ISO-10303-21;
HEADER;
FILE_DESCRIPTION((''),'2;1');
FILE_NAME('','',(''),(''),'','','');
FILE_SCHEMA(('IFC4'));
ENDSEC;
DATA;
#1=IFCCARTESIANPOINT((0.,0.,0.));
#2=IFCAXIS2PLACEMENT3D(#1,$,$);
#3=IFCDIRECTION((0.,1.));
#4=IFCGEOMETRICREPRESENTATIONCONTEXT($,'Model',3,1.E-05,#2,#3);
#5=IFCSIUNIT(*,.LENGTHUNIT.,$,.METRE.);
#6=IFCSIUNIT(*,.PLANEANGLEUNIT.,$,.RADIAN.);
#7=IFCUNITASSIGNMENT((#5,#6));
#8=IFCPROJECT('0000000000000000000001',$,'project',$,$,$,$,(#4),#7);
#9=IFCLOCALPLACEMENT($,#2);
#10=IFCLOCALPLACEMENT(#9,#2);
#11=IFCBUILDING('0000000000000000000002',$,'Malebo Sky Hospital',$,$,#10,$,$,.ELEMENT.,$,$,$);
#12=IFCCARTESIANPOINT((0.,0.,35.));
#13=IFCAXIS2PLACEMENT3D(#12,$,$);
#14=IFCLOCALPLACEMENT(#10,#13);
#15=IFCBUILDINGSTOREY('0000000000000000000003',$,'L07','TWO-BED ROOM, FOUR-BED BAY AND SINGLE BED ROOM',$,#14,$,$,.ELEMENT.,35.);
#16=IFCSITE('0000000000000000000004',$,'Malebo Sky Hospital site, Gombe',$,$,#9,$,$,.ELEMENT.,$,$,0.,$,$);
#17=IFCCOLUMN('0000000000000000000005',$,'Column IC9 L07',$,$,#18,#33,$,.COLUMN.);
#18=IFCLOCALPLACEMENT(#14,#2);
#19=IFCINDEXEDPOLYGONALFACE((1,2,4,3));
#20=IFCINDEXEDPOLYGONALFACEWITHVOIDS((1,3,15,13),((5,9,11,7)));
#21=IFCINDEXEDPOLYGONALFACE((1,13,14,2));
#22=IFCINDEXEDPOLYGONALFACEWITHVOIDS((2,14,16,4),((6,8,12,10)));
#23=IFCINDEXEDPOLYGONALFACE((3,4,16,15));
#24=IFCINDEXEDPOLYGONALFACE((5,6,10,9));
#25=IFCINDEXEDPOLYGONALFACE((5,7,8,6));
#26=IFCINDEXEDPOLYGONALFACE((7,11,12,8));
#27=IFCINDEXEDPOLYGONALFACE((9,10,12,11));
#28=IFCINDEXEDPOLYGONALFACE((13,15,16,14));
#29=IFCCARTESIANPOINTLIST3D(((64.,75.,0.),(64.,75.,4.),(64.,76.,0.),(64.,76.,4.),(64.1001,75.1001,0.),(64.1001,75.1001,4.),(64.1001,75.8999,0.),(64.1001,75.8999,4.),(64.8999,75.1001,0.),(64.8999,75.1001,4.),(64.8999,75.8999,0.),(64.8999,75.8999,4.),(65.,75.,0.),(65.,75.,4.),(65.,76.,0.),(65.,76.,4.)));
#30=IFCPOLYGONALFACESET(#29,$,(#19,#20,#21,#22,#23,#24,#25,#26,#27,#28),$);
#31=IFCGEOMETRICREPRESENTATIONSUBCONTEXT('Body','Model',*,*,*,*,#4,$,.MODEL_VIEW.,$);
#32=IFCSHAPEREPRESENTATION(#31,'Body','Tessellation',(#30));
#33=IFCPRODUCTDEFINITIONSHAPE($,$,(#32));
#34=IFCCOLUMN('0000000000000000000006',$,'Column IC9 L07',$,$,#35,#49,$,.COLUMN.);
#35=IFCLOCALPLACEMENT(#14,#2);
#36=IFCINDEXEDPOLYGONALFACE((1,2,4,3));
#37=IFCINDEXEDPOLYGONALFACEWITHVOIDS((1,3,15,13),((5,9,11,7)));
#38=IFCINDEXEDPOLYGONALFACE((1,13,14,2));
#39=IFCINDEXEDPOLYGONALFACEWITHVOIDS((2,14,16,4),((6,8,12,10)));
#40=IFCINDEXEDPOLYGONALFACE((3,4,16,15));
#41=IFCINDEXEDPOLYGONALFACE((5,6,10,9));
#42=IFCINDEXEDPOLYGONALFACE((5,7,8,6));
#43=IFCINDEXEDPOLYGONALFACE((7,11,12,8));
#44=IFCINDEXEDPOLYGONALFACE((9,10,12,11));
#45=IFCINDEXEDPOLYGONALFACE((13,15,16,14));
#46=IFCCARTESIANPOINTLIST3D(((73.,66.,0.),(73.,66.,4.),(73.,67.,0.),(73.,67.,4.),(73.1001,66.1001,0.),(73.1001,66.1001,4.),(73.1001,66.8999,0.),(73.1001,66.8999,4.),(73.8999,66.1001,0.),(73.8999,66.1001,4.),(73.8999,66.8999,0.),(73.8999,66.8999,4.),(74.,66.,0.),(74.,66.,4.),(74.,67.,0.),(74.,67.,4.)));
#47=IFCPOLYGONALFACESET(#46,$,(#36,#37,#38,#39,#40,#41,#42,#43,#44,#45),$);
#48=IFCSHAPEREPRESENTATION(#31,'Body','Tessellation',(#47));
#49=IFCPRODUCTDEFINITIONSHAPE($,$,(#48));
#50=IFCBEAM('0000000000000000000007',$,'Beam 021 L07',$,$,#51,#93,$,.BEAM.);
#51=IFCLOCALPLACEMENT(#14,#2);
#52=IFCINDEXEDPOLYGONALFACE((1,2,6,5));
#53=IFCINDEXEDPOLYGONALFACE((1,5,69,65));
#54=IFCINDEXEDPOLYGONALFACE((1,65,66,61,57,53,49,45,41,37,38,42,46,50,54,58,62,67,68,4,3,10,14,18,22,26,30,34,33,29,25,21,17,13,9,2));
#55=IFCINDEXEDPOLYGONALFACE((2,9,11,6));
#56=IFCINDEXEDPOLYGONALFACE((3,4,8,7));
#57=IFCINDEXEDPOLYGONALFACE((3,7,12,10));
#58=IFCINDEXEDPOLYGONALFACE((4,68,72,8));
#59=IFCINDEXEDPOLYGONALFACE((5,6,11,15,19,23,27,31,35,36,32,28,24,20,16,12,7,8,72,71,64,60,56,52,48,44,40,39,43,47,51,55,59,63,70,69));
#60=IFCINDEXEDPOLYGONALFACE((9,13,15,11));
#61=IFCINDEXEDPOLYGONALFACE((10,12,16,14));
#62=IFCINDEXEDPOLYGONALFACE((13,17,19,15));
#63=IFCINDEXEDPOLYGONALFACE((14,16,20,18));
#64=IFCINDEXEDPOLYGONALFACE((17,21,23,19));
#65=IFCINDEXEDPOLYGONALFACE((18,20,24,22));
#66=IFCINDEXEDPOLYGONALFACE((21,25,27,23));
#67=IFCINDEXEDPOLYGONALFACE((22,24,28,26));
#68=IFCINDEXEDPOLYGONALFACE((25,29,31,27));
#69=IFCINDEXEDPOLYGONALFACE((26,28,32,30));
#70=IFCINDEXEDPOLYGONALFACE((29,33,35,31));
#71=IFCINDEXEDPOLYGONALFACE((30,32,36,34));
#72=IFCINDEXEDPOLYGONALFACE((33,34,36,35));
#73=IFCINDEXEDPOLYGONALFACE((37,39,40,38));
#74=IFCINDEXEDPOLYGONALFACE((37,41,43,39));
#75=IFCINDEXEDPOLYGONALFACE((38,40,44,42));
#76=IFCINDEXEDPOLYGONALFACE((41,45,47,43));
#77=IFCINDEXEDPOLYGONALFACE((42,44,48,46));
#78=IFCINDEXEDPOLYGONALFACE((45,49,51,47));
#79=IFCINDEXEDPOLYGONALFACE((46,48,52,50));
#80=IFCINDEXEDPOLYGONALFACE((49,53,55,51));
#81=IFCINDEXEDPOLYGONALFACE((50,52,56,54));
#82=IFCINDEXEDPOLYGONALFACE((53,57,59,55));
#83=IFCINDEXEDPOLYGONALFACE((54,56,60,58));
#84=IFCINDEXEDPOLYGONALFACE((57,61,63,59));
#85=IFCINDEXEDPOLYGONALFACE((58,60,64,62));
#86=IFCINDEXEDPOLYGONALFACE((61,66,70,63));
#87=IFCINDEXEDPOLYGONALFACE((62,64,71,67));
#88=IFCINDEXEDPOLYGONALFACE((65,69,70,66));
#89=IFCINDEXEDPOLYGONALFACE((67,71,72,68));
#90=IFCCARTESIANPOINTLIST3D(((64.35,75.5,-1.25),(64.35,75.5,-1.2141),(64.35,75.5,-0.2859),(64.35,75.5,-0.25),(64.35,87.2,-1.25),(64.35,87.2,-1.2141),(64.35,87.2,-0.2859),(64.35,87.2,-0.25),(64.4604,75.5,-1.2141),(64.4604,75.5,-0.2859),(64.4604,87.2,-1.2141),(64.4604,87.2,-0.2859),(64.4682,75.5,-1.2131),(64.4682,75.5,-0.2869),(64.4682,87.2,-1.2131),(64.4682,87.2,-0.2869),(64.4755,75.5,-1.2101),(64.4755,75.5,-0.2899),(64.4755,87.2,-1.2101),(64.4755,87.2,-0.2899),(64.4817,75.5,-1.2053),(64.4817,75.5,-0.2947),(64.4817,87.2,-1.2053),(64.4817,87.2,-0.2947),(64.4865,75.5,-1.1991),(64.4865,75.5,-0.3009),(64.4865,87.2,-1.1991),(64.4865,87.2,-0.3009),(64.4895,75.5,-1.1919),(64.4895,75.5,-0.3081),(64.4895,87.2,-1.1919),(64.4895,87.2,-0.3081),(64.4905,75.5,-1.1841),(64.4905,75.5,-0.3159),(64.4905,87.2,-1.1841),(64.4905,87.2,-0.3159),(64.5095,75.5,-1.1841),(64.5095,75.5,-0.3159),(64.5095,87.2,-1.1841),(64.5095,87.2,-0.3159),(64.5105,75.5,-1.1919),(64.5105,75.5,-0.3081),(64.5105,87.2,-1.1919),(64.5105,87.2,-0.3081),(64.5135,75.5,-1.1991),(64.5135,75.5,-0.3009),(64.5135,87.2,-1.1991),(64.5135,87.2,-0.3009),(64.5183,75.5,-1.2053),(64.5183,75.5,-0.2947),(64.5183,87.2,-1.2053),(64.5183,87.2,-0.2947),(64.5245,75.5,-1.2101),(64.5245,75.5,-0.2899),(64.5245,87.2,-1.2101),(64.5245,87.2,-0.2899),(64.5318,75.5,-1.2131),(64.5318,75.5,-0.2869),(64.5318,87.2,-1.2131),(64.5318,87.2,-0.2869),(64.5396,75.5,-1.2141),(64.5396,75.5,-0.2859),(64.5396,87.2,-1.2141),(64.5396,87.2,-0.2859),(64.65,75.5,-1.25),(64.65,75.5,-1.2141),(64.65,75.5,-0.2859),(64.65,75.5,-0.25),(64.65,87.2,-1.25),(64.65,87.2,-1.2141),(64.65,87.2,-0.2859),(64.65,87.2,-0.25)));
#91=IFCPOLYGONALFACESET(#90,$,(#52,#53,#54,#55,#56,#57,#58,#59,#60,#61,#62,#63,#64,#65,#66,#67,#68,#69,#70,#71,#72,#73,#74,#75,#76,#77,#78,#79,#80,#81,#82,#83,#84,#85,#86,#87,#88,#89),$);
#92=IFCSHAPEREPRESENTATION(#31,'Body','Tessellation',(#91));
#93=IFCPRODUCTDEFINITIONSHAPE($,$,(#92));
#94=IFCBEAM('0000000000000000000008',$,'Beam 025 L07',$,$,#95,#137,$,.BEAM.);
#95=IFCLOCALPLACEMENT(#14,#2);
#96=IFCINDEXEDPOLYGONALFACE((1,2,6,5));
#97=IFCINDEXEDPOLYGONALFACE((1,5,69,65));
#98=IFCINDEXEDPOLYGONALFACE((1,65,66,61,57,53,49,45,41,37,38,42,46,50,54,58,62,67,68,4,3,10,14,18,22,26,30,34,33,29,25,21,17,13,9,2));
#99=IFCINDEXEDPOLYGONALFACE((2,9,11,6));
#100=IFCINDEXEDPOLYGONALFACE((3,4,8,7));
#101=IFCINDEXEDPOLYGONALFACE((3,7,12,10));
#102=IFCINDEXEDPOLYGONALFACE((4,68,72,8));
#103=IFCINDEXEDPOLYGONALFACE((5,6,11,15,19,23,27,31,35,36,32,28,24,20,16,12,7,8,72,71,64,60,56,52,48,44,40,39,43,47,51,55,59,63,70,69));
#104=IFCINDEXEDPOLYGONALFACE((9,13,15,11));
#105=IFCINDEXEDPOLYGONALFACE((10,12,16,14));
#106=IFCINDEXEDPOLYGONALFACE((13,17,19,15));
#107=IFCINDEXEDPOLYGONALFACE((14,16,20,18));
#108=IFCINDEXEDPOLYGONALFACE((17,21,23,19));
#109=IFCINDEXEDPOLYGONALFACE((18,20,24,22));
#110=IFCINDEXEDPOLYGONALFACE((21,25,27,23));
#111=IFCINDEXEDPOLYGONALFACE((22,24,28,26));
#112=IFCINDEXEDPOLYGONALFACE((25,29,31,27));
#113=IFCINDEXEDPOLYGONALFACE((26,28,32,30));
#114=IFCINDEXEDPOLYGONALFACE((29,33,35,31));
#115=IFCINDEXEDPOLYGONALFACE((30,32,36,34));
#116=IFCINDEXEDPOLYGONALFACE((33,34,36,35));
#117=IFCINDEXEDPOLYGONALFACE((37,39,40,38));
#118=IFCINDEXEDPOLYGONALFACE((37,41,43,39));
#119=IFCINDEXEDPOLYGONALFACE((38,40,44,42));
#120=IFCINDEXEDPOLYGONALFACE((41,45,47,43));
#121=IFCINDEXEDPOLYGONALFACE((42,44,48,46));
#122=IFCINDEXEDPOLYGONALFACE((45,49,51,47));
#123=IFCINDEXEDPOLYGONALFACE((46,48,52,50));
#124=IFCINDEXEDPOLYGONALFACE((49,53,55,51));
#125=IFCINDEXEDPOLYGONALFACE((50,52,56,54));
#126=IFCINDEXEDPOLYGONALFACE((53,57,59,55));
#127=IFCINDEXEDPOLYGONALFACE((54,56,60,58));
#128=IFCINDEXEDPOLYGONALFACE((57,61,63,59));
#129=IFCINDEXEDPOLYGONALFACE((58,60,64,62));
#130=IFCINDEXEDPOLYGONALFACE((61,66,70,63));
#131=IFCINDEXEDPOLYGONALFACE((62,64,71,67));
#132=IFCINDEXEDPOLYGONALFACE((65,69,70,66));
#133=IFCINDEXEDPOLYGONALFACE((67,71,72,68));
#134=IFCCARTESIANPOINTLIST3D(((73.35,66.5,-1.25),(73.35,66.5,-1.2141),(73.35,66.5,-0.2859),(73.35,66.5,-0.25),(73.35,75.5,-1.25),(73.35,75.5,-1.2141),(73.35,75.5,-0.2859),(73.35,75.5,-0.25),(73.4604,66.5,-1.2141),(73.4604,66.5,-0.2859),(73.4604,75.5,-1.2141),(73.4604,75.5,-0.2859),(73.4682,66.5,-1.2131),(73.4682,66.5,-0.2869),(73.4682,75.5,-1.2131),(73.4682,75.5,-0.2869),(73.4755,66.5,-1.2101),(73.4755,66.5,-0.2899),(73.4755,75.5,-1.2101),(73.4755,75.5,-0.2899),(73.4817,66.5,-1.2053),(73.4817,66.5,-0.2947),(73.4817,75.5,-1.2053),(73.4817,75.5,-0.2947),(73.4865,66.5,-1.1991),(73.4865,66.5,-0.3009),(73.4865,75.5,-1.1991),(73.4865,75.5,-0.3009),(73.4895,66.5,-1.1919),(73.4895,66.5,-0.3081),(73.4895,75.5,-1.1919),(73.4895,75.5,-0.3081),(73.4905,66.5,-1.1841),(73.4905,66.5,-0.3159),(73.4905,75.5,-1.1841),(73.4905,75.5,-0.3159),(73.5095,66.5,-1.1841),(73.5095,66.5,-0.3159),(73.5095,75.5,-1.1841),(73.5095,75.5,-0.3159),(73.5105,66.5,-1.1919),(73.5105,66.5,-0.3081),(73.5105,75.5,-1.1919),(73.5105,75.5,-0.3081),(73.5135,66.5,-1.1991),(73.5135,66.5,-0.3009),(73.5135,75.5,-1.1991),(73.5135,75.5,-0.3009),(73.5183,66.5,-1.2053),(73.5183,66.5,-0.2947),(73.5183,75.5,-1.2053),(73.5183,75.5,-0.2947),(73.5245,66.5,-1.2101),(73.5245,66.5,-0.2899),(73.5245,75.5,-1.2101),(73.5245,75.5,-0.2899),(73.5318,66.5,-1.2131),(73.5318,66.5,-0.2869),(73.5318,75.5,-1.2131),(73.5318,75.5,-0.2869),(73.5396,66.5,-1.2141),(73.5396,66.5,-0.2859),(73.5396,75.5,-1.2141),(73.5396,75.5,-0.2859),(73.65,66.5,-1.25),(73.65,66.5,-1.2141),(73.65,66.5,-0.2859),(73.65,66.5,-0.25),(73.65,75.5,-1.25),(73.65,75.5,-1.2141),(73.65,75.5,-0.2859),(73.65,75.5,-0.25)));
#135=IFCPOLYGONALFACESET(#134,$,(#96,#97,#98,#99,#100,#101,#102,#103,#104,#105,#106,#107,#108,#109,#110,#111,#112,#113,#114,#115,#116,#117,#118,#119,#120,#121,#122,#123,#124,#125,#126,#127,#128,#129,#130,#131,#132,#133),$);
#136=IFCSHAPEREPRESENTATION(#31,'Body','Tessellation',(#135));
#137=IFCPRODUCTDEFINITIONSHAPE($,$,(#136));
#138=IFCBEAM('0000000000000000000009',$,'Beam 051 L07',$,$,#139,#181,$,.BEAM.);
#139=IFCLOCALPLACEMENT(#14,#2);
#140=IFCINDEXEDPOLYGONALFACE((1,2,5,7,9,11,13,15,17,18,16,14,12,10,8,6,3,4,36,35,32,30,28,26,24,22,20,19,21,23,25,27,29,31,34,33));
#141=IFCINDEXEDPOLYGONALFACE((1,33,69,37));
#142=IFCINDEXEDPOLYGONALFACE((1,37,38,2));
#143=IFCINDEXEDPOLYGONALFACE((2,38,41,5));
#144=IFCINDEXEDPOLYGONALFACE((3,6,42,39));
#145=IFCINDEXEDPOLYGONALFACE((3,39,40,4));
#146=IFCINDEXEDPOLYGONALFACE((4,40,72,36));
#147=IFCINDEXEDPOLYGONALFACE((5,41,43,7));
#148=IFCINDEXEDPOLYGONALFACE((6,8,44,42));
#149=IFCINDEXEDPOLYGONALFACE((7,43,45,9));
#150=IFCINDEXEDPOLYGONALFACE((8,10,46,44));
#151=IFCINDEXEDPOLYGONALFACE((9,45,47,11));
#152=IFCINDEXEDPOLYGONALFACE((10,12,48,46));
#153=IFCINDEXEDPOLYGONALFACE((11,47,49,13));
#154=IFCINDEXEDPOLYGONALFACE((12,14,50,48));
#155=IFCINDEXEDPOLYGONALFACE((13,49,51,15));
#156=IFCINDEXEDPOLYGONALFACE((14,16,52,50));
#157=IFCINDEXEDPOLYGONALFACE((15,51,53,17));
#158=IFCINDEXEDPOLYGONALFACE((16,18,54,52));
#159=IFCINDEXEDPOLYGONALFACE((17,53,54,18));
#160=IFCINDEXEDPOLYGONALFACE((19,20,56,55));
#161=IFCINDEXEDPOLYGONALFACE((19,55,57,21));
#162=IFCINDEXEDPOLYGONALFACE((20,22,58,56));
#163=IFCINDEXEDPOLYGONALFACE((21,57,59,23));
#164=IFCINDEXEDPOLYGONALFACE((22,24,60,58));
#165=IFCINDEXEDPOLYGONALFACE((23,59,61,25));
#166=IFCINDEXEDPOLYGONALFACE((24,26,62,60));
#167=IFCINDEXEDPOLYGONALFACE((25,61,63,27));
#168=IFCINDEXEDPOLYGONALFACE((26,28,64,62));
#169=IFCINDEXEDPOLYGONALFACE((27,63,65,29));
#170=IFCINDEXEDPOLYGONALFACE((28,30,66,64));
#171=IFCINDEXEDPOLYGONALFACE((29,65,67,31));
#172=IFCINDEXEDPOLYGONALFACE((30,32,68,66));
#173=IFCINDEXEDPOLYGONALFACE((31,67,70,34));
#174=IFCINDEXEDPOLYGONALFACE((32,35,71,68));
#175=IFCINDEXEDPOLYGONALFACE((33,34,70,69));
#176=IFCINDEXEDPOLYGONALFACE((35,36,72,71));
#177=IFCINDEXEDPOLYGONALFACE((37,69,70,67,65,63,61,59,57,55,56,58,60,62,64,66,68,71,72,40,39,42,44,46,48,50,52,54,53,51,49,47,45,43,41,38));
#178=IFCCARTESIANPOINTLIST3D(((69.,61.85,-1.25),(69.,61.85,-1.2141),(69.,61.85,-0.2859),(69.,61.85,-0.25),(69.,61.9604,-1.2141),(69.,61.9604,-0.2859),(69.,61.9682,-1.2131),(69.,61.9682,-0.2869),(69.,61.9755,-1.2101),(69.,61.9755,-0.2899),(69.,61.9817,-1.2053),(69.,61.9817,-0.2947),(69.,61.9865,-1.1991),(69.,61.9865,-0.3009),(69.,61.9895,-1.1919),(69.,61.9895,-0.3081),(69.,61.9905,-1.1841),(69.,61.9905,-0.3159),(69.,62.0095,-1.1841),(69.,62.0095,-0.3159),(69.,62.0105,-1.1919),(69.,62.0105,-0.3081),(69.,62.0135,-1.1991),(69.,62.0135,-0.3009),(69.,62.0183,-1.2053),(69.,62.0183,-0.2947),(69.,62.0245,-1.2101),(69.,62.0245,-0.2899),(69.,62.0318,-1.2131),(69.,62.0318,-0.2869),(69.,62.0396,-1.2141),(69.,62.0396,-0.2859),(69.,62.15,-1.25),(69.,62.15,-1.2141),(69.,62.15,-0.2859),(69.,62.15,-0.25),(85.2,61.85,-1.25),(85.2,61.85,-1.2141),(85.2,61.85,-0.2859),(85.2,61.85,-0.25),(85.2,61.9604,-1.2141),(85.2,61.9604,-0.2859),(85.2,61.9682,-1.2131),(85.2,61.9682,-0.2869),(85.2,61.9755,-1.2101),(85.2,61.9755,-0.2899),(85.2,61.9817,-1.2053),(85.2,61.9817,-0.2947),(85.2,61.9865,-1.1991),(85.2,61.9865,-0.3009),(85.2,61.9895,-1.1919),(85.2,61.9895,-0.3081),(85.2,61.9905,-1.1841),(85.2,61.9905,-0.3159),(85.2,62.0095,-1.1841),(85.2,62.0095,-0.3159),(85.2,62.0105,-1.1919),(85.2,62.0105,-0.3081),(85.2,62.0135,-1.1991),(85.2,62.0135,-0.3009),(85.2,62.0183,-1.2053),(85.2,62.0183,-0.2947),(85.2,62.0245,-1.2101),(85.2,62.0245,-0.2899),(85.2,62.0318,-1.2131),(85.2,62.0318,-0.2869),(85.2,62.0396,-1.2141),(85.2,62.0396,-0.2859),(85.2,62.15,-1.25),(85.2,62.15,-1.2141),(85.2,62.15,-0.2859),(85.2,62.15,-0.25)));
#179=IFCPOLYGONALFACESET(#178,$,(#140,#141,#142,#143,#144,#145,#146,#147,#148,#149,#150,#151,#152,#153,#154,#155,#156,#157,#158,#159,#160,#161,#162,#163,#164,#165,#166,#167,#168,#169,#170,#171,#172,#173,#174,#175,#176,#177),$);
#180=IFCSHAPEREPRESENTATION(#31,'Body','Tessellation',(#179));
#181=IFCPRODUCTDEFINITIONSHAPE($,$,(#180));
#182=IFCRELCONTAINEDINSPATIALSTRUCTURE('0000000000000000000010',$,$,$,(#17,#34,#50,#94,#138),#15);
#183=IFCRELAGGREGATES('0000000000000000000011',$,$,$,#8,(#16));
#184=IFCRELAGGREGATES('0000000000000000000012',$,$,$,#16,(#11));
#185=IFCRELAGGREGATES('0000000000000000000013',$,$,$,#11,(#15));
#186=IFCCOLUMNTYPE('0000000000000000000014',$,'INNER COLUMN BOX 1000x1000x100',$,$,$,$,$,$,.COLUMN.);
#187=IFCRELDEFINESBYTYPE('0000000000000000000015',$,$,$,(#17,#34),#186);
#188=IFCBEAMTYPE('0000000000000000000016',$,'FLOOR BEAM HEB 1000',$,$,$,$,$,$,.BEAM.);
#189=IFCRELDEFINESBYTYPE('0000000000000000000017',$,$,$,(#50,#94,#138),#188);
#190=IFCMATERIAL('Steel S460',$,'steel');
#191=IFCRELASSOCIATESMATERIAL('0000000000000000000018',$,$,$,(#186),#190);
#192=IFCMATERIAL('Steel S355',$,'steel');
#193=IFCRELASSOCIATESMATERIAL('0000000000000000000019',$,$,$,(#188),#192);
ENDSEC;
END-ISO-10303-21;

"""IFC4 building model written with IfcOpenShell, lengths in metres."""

from ifc_helpers import new_model, si_unit, direction, frame, origin, origin_2d, place, context, subcontext, project, spatial, hollow_rectangle, i_section, extrude, material, material_profile, profile_set, type_object, element, save


model = new_model("IFC4")

# Units and contexts
model_context = context("Model", 3, precision=1e-05, world=origin(), true_north=direction((0.0, 1.0)))
body_context = subcontext(model_context, "Body", "Model", "MODEL_VIEW")
ifc_project = project(units=[si_unit("LENGTHUNIT", "METRE"), si_unit("PLANEANGLEUNIT", "RADIAN")], contexts=[model_context])

# Site, building, storey
site_placement = place(None, origin())
site = spatial("IfcSite", under=ifc_project, at=site_placement, Name="Malebo Sky Hospital site, Gombe", CompositionType="ELEMENT", RefElevation=0.0)
building_placement = place(site_placement, origin())
building = spatial("IfcBuilding", under=site, at=building_placement, Name="Malebo Sky Hospital", CompositionType="ELEMENT")
storey_placement = place(building_placement, frame((0.0, 0.0, 35.0)))
storey = spatial("IfcBuildingStorey", under=building, at=storey_placement, Name="L07", Description="TWO-BED ROOM, FOUR-BED BAY AND SINGLE BED ROOM", CompositionType="ELEMENT", Elevation=35.0)

# Columns
ifc_material_1 = material(Name="Steel S460", Category="steel")
ifc_material_profile_1 = material_profile(ifc_material_1, hollow_rectangle(XDim=1.0, YDim=1.0, WallThickness=0.1001, at=origin_2d()), Name="BOX 1000x1000x100")
ifc_profile_set_1 = profile_set([ifc_material_profile_1], Name="Steel S460")
column_type = type_object("IfcColumnType", Name="INNER COLUMN BOX 1000x1000x100", PredefinedType="COLUMN", material=ifc_profile_set_1)
for number, where, z_axis, x_axis, name in (
    (1, (64.5, 75.5, 0.0), (0.0, 0.0, 1.0), (1.0, 0.0, 0.0), "Column IC9 L07"),
    (2, (73.5, 66.5, 0.0), (0.0, 0.0, 1.0), (1.0, 0.0, 0.0), "Column IC9 L07"),
):
    element("IfcColumn", number, at=place(storey_placement, frame(where, z_axis=z_axis, x_axis=x_axis)), inside=storey, type_object=column_type, Name=name, PredefinedType="COLUMN", context=body_context, shape_type="SweptSolid", body=[
        extrude(hollow_rectangle(XDim=1.0, YDim=1.0, WallThickness=0.1001, at=origin_2d()), origin(), (0.0, 0.0, 1.0), 4.0),
    ])

# Beams
ifc_material_2 = material(Name="Steel S355", Category="steel")
ifc_material_profile_2 = material_profile(ifc_material_2, i_section(OverallWidth=0.3, OverallDepth=1.0, WebThickness=0.019, FlangeThickness=0.0359, FilletRadius=0.03, at=origin_2d()), Name="HEB 1000")
ifc_profile_set_2 = profile_set([ifc_material_profile_2], Name="Steel S355")
beam_type_1 = type_object("IfcBeamType", Name="FLOOR BEAM HEB 1000", PredefinedType="BEAM", material=ifc_profile_set_2)
beam_1_placement = place(storey_placement, frame((64.5, 75.5, -0.75), z_axis=(0.0, 1.0, 0.0), x_axis=(-1.0, 0.0, 0.0)))
element("IfcBeam", 3, at=beam_1_placement, inside=storey, type_object=beam_type_1, Name="Beam 021 L07", PredefinedType="BEAM", context=body_context, shape_type="SweptSolid", body=[
    extrude(i_section(OverallWidth=0.3, OverallDepth=1.0, WebThickness=0.019, FlangeThickness=0.0359, FilletRadius=0.03, at=origin_2d()), origin(), (0.0, 0.0, 1.0), 11.7),
])
beam_2_placement = place(storey_placement, frame((73.5, 66.5, -0.75), z_axis=(0.0, 1.0, 0.0), x_axis=(-1.0, 0.0, 0.0)))
element("IfcBeam", 4, at=beam_2_placement, inside=storey, type_object=beam_type_1, Name="Beam 025 L07", PredefinedType="BEAM", context=body_context, shape_type="SweptSolid", body=[
    extrude(i_section(OverallWidth=0.3, OverallDepth=1.0, WebThickness=0.019, FlangeThickness=0.0359, FilletRadius=0.03, at=origin_2d()), origin(), (0.0, 0.0, 1.0), 9.0),
])
beam_3_placement = place(storey_placement, frame((69.0, 62.0, -0.75), z_axis=(1.0, 0.0, 0.0), x_axis=(0.0, 1.0, 0.0)))
element("IfcBeam", 5, at=beam_3_placement, inside=storey, type_object=beam_type_1, Name="Beam 051 L07", PredefinedType="BEAM", context=body_context, shape_type="SweptSolid", body=[
    extrude(i_section(OverallWidth=0.3, OverallDepth=1.0, WebThickness=0.019, FlangeThickness=0.0359, FilletRadius=0.03, at=origin_2d()), origin(), (0.0, 0.0, 1.0), 16.2),
])

save(model, "model.ifc")
